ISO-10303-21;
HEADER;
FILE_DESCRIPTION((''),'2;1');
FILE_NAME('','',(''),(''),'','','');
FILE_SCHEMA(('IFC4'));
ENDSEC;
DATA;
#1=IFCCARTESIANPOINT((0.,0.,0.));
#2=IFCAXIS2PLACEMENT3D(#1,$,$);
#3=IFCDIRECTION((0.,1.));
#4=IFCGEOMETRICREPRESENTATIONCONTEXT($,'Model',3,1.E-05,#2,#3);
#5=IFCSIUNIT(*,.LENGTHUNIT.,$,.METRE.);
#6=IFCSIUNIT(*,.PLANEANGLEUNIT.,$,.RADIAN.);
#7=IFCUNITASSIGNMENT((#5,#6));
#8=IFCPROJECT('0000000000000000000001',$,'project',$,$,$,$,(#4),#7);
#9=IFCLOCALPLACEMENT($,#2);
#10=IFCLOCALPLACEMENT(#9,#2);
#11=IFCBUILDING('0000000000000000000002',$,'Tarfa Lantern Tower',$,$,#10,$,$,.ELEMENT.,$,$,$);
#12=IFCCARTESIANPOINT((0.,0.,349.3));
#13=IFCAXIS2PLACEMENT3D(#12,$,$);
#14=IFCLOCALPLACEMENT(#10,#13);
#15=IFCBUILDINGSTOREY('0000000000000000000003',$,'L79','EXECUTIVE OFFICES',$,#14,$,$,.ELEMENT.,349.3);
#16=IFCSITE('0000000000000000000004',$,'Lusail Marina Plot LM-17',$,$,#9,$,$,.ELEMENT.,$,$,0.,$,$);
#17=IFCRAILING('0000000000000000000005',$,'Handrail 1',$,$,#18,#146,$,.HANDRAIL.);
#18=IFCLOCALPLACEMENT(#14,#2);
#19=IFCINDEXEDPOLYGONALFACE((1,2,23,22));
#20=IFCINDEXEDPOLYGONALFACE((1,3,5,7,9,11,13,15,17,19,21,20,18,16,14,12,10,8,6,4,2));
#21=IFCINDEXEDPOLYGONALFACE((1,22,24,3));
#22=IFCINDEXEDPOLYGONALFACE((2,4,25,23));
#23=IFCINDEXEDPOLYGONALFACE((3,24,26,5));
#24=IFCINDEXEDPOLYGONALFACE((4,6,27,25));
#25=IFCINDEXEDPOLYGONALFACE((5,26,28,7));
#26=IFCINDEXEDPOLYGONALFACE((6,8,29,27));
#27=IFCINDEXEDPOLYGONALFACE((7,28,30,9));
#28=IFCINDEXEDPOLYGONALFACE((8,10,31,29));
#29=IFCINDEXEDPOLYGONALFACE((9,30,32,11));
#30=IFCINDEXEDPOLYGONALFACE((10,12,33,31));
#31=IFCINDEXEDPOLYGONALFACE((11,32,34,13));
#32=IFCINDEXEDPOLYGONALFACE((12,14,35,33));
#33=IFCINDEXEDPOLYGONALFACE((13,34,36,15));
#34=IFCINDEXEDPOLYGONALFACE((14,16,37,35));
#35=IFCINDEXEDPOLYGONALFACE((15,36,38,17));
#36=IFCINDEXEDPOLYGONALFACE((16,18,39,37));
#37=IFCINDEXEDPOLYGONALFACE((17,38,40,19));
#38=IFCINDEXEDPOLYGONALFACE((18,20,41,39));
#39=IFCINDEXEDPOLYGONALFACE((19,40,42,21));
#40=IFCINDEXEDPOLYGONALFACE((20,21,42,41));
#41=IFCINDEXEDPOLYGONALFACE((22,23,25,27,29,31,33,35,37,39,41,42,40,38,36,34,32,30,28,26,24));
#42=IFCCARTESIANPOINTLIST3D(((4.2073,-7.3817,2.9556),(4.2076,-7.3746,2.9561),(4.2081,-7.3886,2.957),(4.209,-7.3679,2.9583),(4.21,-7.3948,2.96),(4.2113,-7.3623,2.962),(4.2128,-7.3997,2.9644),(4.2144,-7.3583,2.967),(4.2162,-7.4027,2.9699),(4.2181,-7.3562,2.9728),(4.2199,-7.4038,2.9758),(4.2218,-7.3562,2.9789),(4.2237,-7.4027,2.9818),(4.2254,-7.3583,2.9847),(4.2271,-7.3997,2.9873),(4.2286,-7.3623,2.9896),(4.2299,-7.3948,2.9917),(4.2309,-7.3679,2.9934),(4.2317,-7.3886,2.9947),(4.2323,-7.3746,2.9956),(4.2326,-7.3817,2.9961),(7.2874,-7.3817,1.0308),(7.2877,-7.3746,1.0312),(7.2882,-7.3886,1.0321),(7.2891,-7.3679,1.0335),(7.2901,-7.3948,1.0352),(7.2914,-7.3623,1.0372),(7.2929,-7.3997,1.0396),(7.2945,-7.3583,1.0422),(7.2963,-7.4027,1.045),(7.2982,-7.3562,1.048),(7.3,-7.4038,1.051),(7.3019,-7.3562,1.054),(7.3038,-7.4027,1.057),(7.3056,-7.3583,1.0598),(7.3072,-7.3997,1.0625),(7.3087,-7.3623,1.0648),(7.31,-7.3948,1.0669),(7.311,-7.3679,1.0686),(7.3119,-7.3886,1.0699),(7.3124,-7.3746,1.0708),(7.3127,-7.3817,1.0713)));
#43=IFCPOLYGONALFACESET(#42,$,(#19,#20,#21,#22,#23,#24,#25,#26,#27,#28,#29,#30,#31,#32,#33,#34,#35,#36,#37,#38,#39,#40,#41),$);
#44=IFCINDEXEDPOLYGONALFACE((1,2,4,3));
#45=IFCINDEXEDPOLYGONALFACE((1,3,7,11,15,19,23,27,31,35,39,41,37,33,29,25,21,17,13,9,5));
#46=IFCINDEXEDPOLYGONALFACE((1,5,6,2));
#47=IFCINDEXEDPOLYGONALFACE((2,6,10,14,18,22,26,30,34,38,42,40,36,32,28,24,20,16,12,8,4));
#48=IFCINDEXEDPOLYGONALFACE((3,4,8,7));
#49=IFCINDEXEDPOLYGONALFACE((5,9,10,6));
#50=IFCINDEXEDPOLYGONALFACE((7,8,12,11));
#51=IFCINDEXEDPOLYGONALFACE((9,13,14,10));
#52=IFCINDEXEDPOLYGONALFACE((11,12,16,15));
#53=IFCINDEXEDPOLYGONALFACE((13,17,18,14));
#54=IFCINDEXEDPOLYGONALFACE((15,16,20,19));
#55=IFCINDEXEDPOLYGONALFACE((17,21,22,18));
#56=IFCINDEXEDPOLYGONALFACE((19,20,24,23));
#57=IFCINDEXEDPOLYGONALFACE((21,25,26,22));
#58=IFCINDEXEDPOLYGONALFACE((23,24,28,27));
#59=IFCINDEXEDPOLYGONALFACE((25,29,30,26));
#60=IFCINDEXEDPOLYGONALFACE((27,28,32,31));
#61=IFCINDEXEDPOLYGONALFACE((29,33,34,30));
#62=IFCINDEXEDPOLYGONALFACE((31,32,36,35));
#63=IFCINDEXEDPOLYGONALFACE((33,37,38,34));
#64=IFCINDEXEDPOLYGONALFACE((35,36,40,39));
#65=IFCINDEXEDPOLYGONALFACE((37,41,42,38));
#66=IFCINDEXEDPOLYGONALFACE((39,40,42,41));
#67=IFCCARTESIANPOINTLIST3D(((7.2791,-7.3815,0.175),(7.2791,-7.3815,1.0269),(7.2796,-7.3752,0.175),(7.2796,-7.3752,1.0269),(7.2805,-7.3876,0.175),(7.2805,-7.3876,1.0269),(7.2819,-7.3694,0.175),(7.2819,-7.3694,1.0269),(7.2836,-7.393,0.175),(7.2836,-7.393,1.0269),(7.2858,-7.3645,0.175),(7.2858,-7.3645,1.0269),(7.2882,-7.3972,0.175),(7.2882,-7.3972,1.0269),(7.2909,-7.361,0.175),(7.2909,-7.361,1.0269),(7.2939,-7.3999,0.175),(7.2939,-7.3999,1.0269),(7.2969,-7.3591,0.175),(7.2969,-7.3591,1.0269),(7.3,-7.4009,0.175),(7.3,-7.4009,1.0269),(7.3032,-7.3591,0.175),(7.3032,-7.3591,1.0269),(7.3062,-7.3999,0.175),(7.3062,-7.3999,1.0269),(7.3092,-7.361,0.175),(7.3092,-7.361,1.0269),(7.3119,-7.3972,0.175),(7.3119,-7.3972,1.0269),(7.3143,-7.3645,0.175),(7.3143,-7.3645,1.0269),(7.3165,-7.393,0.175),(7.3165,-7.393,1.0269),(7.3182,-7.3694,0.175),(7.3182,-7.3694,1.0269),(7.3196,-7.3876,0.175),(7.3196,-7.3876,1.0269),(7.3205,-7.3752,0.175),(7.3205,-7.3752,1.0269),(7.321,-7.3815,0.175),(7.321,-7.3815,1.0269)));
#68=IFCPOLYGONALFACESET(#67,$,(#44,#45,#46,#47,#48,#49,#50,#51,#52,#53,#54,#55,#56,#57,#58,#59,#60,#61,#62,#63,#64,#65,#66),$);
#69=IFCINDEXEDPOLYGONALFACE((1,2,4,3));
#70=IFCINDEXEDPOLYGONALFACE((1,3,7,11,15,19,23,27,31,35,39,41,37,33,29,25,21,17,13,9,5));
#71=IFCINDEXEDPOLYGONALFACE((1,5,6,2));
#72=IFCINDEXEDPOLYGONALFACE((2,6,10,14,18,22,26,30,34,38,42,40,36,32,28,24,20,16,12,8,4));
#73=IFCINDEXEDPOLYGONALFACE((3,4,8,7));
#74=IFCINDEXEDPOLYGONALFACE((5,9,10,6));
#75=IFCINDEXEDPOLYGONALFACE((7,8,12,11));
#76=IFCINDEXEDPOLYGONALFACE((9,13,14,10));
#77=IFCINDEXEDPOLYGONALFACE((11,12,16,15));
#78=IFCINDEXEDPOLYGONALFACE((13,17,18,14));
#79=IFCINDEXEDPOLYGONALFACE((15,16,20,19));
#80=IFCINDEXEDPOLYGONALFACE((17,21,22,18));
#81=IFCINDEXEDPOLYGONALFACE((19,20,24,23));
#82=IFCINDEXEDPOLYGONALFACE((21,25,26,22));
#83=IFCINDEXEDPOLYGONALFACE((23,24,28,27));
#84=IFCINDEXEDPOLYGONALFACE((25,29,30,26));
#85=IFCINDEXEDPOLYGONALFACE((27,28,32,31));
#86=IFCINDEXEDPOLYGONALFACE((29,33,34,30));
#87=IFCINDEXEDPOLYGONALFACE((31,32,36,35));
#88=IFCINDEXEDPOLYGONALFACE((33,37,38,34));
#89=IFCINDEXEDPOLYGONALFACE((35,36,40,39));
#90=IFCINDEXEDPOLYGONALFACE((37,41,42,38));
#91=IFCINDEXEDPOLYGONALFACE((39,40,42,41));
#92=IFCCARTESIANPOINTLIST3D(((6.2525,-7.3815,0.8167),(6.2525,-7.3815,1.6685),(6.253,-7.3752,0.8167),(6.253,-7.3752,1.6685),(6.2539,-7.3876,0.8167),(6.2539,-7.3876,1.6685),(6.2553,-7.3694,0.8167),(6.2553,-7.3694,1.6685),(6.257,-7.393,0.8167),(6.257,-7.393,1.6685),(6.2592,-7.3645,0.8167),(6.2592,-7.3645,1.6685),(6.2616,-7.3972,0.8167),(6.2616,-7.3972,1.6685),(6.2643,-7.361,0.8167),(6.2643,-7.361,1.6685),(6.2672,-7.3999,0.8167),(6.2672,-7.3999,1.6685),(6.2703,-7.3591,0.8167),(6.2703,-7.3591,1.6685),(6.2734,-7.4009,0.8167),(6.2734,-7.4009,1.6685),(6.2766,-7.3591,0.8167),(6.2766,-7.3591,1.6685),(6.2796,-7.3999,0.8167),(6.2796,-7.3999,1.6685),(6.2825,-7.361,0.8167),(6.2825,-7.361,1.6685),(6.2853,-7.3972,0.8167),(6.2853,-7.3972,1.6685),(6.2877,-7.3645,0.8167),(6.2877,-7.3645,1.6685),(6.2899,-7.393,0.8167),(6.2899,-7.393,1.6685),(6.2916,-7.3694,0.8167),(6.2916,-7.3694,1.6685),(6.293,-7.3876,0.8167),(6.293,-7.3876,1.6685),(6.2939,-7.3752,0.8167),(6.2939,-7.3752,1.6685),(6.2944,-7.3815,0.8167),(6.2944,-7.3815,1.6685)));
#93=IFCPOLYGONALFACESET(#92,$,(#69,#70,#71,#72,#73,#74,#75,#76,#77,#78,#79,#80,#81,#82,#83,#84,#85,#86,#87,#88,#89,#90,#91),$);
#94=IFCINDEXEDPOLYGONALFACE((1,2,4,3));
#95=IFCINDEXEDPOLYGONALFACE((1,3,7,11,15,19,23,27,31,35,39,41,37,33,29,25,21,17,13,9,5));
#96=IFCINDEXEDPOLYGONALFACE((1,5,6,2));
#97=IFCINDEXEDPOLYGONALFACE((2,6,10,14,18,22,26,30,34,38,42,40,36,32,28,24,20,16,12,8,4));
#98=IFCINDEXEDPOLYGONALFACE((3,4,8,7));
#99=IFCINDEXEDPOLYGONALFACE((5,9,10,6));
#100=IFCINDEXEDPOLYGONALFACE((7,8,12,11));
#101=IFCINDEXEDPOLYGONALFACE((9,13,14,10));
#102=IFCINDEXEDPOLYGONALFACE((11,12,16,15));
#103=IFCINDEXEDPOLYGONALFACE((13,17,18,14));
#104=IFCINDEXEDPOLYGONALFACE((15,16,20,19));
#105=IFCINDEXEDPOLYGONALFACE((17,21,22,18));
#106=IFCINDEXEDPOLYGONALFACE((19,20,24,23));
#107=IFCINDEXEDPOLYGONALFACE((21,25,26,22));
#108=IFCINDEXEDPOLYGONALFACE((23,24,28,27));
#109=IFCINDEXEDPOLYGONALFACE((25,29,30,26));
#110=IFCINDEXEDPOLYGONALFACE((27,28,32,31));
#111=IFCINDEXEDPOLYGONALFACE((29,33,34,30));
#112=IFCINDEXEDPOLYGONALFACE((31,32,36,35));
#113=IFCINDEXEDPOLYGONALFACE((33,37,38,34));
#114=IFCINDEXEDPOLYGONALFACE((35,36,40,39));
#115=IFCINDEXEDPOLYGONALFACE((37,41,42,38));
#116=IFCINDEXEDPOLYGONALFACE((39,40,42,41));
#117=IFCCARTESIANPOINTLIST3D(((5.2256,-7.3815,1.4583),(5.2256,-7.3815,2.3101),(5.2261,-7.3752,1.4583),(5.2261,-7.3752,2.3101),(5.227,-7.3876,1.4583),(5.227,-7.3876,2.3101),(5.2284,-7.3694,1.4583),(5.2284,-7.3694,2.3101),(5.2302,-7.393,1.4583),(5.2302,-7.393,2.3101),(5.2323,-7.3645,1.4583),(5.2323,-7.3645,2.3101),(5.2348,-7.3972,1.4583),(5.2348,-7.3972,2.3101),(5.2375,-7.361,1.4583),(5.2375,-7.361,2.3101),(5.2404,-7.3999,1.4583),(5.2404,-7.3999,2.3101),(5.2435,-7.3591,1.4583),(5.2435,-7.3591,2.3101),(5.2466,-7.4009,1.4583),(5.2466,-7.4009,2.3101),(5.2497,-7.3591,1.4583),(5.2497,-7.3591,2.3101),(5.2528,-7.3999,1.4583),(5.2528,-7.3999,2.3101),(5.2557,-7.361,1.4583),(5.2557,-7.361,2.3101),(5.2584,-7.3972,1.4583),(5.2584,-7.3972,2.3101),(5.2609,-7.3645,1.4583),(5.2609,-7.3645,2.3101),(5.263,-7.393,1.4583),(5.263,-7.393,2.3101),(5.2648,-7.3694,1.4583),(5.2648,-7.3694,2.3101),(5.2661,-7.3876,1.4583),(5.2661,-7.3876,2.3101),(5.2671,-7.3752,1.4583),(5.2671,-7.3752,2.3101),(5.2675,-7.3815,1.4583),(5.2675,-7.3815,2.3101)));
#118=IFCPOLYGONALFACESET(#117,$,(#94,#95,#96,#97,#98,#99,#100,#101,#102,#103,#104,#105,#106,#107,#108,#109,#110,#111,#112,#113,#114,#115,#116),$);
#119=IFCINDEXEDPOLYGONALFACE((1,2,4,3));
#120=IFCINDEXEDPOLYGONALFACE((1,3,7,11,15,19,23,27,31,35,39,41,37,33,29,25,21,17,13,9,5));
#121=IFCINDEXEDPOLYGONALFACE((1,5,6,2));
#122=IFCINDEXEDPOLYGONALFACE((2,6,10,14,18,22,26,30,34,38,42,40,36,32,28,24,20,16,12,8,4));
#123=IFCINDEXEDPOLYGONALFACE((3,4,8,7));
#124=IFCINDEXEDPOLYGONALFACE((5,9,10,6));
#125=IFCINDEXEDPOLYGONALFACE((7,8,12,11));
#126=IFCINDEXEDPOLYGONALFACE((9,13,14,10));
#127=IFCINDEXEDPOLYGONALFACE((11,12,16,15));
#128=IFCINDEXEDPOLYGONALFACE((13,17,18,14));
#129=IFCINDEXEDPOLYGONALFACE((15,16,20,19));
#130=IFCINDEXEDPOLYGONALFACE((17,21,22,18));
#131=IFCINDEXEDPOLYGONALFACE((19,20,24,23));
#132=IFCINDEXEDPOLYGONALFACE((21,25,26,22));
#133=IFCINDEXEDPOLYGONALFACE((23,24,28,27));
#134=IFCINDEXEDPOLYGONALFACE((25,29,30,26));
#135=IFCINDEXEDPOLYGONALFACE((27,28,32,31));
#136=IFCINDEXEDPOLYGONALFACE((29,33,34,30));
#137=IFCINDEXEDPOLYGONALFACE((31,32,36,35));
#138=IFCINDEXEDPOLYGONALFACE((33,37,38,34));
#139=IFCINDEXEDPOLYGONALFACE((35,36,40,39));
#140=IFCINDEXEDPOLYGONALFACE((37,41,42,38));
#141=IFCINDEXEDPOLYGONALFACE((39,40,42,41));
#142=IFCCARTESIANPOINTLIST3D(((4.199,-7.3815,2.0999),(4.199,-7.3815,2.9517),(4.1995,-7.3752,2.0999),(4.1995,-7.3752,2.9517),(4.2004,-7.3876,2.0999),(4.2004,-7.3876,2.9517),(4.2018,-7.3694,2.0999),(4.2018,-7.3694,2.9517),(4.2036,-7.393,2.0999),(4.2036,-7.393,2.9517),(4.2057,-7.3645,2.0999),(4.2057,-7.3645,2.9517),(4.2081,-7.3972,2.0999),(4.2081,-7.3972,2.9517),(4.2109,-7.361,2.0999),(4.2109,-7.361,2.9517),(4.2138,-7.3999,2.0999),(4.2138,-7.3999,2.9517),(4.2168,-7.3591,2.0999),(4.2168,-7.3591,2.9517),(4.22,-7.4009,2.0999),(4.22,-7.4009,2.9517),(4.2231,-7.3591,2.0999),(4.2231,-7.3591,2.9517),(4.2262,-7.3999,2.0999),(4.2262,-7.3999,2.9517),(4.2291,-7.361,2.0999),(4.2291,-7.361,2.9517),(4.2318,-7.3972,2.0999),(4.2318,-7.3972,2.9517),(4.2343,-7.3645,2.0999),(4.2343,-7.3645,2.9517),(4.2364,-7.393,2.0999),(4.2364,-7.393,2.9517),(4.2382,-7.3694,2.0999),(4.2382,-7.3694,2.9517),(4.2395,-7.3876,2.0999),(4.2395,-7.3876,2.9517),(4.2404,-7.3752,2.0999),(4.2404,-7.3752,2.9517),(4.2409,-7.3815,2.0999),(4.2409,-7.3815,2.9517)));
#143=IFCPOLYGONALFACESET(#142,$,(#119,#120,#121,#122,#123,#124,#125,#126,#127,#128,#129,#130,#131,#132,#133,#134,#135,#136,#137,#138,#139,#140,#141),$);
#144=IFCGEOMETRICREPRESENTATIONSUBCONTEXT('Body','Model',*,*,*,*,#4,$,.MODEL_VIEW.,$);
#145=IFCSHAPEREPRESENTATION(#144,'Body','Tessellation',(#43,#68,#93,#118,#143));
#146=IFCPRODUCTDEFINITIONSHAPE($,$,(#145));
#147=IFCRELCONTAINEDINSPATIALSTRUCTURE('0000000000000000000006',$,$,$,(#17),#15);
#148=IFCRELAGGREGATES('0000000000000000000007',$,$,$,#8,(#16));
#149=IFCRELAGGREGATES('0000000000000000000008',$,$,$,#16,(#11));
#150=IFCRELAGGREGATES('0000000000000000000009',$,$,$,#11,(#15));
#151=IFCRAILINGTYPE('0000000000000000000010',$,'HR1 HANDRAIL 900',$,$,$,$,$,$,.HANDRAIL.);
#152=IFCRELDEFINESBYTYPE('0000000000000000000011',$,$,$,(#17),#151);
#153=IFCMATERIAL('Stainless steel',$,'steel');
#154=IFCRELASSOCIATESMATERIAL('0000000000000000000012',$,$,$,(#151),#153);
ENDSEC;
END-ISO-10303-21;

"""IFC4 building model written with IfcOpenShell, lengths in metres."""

from ifc_helpers import new_model, si_unit, direction, frame, origin, origin_2d, place, context, subcontext, project, spatial, circle, extrude, material, type_object, element, save


model = new_model("IFC4")

# Units and contexts
model_context = context("Model", 3, precision=1e-05, world=origin(), true_north=direction((0.0, 1.0)))
body_context = subcontext(model_context, "Body", "Model", "MODEL_VIEW")
ifc_project = project(units=[si_unit("LENGTHUNIT", "METRE"), si_unit("PLANEANGLEUNIT", "RADIAN")], contexts=[model_context])

# Site, building, storey
site_placement = place(None, origin())
site = spatial("IfcSite", under=ifc_project, at=site_placement, Name="Lusail Marina Plot LM-17", CompositionType="ELEMENT", RefElevation=0.0)
building_placement = place(site_placement, origin())
building = spatial("IfcBuilding", under=site, at=building_placement, Name="Tarfa Lantern Tower", CompositionType="ELEMENT")
storey_placement = place(building_placement, frame((0.0, 0.0, 349.3)))
storey = spatial("IfcBuildingStorey", under=building, at=storey_placement, Name="L79", Description="EXECUTIVE OFFICES", CompositionType="ELEMENT", Elevation=349.3)

# Railing
ifc_material_1 = material(Name="Stainless steel", Category="steel")
railing_type = type_object("IfcRailingType", Name="HR1 HANDRAIL 900", PredefinedType="HANDRAIL", material=ifc_material_1)
railing_1_placement = place(storey_placement, frame((7.3, -7.3799, 0.175)))
element("IfcRailing", 1, at=railing_1_placement, inside=storey, type_object=railing_type, Name="Handrail 1", PredefinedType="HANDRAIL", context=body_context, shape_type="SweptSolid", body=[
    extrude(circle(Radius=0.0239, at=origin_2d()), frame((0.0, 0.0, 0.876), z_axis=(-0.848029, 0.0, 0.529951), x_axis=(0.0, -1.0, 0.0)), (0.0, 0.0, 1.0), 3.6321),
    extrude(circle(Radius=0.021, at=origin_2d()), frame((0.0, 0.0, 0.0), z_axis=(0.0, 0.0, 1.0), x_axis=(0.0, -1.0, 0.0)), (0.0, 0.0, 1.0), 0.8518),
    extrude(circle(Radius=0.021, at=origin_2d()), frame((-1.0266, 0.0, 0.6416), z_axis=(0.0, 0.0, 1.0), x_axis=(0.0, -1.0, 0.0)), (0.0, 0.0, 1.0), 0.8518),
    extrude(circle(Radius=0.021, at=origin_2d()), frame((-2.0535, 0.0, 1.2832), z_axis=(0.0, 0.0, 1.0), x_axis=(0.0, -1.0, 0.0)), (0.0, 0.0, 1.0), 0.8518),
    extrude(circle(Radius=0.021, at=origin_2d()), frame((-3.0801, 0.0, 1.9248), z_axis=(0.0, 0.0, 1.0), x_axis=(0.0, -1.0, 0.0)), (0.0, 0.0, 1.0), 0.8518),
])

save(model, "model.ifc")
